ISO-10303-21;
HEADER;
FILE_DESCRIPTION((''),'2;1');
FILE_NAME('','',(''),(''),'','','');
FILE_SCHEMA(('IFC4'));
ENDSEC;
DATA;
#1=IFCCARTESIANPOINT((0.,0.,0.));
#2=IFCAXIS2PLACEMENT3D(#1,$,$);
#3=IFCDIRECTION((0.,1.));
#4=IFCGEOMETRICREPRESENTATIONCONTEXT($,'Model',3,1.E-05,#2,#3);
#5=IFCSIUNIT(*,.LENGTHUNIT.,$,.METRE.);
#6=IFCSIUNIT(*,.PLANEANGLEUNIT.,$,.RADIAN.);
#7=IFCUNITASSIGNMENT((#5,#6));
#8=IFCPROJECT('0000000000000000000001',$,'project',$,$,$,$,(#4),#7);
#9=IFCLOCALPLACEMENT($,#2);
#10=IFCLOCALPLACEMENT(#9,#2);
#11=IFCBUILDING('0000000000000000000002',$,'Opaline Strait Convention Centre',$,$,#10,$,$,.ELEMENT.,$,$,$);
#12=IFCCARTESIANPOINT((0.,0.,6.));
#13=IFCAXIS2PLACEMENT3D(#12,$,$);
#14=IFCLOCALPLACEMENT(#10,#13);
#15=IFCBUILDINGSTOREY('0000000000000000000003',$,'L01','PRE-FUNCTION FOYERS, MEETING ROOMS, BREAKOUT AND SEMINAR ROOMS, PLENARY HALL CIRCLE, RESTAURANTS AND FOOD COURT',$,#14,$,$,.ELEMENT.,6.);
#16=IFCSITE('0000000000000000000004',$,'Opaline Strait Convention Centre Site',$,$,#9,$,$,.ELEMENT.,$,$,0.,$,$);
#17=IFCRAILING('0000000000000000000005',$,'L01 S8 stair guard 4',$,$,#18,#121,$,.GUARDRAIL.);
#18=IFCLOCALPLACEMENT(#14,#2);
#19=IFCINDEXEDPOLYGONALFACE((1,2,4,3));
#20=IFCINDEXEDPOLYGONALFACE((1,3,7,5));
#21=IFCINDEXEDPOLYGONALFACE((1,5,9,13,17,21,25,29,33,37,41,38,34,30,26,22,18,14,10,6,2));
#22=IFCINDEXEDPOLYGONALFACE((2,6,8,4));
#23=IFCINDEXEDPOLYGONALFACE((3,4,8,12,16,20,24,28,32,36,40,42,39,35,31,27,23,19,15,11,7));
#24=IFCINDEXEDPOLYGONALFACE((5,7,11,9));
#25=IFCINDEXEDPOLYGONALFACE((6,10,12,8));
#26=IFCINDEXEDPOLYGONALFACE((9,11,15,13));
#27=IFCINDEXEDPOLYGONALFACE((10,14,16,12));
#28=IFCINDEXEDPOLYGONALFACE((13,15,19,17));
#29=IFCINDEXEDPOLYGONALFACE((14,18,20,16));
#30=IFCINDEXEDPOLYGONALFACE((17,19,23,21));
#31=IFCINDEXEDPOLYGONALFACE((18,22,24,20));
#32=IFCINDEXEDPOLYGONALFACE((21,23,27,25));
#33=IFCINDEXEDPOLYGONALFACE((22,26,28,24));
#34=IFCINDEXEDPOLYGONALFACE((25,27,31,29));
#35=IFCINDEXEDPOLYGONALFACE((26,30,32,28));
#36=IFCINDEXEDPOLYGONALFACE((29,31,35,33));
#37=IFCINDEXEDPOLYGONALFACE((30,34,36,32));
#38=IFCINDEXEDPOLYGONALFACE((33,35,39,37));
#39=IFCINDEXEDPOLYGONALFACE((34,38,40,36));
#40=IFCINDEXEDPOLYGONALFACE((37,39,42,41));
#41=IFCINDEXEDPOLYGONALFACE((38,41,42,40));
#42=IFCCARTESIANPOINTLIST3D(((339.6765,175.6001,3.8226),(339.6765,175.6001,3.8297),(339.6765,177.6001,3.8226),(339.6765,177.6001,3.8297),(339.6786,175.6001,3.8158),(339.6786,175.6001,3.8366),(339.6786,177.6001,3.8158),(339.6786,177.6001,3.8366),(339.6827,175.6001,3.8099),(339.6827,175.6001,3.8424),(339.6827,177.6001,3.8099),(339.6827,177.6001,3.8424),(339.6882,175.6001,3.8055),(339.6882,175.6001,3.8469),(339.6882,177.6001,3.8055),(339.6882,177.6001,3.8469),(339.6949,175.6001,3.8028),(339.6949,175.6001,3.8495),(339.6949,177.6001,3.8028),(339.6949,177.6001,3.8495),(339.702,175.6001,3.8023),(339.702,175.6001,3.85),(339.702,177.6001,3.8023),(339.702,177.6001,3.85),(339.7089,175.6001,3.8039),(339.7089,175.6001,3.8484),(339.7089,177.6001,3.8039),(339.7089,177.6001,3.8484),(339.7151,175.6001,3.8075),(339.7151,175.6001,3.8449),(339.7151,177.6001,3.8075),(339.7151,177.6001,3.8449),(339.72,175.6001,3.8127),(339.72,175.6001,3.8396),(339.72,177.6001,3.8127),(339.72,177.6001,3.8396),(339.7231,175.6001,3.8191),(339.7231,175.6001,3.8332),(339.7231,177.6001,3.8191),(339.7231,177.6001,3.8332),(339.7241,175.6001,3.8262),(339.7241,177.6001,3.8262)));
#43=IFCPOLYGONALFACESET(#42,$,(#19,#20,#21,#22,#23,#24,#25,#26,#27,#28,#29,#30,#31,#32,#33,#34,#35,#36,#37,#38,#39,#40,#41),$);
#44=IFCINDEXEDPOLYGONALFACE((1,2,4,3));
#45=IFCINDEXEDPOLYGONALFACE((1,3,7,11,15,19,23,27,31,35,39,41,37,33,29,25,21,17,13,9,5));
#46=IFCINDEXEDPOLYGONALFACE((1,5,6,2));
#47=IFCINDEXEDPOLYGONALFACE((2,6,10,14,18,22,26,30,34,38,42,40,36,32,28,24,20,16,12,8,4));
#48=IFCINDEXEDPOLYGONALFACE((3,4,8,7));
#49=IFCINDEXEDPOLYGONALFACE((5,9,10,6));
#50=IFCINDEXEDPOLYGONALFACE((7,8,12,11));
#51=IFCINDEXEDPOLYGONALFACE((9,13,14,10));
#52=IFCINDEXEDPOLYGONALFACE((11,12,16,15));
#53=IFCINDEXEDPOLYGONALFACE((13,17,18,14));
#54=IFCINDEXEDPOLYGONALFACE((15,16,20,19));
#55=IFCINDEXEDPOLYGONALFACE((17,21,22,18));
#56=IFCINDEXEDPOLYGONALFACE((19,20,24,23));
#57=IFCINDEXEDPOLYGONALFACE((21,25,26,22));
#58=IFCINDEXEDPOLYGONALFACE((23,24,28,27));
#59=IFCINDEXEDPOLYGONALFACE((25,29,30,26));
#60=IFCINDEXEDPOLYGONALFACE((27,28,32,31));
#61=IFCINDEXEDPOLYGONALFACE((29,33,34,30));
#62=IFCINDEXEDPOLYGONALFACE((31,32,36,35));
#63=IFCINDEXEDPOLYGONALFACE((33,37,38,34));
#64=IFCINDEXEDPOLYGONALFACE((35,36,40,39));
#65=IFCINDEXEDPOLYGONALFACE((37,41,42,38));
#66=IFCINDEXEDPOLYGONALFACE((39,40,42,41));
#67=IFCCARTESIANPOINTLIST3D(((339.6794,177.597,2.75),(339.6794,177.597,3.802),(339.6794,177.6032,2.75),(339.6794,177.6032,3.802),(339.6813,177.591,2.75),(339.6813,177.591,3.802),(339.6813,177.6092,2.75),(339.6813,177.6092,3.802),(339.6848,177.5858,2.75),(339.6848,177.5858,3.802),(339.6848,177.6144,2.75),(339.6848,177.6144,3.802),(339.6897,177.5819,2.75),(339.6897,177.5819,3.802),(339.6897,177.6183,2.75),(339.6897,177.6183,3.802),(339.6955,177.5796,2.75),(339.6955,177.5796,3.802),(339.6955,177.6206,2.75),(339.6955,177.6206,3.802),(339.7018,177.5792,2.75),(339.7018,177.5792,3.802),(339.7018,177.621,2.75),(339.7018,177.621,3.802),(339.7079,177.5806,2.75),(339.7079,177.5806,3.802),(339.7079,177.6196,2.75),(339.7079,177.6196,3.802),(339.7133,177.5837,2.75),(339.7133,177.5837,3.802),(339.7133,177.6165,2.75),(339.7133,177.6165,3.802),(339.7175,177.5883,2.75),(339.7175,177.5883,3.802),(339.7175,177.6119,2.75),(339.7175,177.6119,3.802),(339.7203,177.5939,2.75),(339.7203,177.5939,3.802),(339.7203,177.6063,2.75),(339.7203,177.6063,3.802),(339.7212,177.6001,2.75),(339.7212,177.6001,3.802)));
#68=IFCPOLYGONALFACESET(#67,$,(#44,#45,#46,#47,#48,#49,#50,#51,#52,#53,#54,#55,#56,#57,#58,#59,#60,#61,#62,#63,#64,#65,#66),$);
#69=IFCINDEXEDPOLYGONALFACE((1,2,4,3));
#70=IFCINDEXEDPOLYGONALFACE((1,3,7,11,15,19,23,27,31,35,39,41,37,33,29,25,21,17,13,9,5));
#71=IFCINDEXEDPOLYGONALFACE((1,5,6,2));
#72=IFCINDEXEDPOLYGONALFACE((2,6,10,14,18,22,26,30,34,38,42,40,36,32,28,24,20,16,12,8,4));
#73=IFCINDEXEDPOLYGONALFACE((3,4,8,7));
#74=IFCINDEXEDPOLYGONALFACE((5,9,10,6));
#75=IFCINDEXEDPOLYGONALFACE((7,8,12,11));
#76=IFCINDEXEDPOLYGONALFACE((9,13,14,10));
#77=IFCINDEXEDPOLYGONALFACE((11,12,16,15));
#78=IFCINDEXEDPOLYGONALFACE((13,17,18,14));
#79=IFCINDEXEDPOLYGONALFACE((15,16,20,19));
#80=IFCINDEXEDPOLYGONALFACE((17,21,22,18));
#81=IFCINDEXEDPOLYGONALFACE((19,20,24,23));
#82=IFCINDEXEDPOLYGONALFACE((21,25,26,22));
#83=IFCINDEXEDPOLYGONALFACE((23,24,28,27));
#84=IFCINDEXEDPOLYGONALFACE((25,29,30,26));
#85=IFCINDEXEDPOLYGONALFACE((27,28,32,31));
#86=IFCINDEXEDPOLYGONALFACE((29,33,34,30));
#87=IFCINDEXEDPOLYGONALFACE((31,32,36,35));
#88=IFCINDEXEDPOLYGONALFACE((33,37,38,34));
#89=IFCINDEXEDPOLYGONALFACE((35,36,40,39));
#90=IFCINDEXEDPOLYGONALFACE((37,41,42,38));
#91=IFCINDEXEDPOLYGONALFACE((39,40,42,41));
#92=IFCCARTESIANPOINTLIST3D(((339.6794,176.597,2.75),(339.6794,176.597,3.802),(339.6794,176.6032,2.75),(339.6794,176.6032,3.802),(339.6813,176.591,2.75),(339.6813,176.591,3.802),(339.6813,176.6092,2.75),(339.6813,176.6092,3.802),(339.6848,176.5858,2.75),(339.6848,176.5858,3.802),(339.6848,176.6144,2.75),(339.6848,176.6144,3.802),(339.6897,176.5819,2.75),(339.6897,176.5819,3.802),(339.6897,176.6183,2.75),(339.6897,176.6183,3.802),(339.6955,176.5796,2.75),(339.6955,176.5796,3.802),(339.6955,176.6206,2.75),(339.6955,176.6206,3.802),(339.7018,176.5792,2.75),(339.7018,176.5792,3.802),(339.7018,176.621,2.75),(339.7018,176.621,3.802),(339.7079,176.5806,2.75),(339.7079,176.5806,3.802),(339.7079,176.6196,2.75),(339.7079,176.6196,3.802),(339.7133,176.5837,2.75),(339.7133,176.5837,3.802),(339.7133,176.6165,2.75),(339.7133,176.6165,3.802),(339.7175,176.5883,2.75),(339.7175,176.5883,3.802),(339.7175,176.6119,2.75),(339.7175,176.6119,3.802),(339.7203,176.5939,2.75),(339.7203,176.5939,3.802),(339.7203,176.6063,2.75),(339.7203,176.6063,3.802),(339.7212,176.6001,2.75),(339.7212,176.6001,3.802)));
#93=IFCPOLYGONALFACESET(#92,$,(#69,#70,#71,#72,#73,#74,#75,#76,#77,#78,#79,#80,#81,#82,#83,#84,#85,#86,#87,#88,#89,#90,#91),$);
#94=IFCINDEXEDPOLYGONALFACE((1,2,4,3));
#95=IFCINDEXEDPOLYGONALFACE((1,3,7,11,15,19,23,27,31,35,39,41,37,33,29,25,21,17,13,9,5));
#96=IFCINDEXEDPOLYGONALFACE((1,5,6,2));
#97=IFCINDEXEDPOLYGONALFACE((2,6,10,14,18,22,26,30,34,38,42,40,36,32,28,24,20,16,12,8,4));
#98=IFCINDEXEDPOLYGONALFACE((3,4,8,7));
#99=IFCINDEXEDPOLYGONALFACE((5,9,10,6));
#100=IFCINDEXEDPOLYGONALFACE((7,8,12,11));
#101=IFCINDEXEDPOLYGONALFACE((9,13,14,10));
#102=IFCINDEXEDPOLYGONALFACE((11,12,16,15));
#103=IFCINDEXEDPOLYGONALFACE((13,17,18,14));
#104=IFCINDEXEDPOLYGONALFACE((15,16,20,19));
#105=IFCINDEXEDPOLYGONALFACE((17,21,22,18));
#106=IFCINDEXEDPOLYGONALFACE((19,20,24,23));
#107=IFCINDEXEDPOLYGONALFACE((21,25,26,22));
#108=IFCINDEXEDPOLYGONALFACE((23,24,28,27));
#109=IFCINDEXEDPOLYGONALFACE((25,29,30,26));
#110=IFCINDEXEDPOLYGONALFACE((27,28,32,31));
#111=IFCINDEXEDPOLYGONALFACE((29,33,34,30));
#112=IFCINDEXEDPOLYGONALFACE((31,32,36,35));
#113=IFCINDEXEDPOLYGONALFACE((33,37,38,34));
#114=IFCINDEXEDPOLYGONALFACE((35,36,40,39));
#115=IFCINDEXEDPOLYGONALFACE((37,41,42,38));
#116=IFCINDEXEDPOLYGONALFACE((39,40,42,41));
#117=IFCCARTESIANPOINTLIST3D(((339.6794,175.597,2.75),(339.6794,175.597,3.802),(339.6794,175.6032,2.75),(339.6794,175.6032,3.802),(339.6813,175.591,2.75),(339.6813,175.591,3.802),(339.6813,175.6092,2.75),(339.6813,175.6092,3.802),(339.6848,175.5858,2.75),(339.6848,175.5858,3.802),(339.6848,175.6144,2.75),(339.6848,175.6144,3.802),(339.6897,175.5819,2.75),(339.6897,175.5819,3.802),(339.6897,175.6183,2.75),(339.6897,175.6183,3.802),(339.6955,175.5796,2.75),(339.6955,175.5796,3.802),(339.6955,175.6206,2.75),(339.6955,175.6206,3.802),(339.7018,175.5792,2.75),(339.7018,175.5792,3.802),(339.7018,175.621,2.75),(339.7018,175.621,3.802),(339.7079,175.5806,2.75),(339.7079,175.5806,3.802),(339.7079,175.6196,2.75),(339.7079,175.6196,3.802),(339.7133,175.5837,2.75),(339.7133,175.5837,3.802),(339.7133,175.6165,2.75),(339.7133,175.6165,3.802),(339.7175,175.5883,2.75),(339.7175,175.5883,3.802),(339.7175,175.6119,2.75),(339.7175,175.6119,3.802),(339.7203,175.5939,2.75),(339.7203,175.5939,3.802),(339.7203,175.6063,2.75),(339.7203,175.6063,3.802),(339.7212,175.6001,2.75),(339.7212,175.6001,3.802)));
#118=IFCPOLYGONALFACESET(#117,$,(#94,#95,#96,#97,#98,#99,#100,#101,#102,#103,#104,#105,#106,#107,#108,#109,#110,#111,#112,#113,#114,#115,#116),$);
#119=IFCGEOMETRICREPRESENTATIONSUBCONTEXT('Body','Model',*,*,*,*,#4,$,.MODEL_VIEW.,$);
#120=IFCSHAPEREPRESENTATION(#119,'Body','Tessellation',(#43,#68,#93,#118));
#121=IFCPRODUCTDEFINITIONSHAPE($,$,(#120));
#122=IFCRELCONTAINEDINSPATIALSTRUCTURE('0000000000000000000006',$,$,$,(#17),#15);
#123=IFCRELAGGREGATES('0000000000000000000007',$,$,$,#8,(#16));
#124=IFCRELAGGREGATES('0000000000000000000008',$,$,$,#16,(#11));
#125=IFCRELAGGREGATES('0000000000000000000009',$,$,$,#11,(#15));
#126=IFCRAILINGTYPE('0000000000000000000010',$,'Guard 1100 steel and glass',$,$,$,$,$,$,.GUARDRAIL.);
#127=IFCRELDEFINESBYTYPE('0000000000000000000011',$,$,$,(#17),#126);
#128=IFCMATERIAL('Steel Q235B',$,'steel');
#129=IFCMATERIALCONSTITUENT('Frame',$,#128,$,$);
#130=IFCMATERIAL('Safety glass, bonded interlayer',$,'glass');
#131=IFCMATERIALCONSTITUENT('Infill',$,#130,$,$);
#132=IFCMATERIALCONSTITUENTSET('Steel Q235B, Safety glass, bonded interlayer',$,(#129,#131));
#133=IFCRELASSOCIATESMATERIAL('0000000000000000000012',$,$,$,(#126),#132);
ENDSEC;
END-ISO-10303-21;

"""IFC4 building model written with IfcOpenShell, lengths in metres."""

from ifc_helpers import new_model, si_unit, direction, frame, origin, origin_2d, place, context, subcontext, project, spatial, circle, extrude, material, constituent, constituent_set, type_object, element, save


model = new_model("IFC4")

# Units and contexts
model_context = context("Model", 3, precision=1e-05, world=origin(), true_north=direction((0.0, 1.0)))
body_context = subcontext(model_context, "Body", "Model", "MODEL_VIEW")
ifc_project = project(units=[si_unit("LENGTHUNIT", "METRE"), si_unit("PLANEANGLEUNIT", "RADIAN")], contexts=[model_context])

# Site, building, storey
site_placement = place(None, origin())
site = spatial("IfcSite", under=ifc_project, at=site_placement, Name="Opaline Strait Convention Centre Site", CompositionType="ELEMENT", RefElevation=0.0)
building_placement = place(site_placement, origin())
building = spatial("IfcBuilding", under=site, at=building_placement, Name="Opaline Strait Convention Centre", CompositionType="ELEMENT")
storey_placement = place(building_placement, frame((0.0, 0.0, 6.0)))
storey = spatial("IfcBuildingStorey", under=building, at=storey_placement, Name="L01", Description="PRE-FUNCTION FOYERS, MEETING ROOMS, BREAKOUT AND SEMINAR ROOMS, PLENARY HALL CIRCLE, RESTAURANTS AND FOOD COURT", CompositionType="ELEMENT", Elevation=6.0)

# Railing
ifc_material_1 = material(Name="Steel Q235B", Category="steel")
ifc_constituent_1 = constituent(ifc_material_1, Name="Frame")
ifc_material_2 = material(Name="Safety glass, bonded interlayer", Category="glass")
ifc_constituent_2 = constituent(ifc_material_2, Name="Infill")
ifc_constituent_set = constituent_set(constituents=[ifc_constituent_1, ifc_constituent_2], Name="Steel Q235B, Safety glass, bonded interlayer")
railing_type_1 = type_object("IfcRailingType", Name="Guard 1100 steel and glass", PredefinedType="GUARDRAIL", material=ifc_constituent_set)
railing_1_placement = place(storey_placement, frame((339.7002, 177.6001, 2.75)))
element("IfcRailing", 1, at=railing_1_placement, inside=storey, type_object=railing_type_1, Name="L01 S8 stair guard 4", PredefinedType="GUARDRAIL", context=body_context, shape_type="SweptSolid", body=[
    extrude(circle(Radius=0.0239, at=origin_2d()), frame((0.0, 0.0, 1.0762), z_axis=(0.0, -1.0, 0.0), x_axis=(1.0, 0.0, 0.0)), (0.0, 0.0, 1.0), 2.0),
    extrude(circle(Radius=0.021, at=origin_2d()), origin(), (0.0, 0.0, 1.0), 1.052),
    extrude(circle(Radius=0.021, at=origin_2d()), frame((0.0, -1.0, 0.0)), (0.0, 0.0, 1.0), 1.052),
    extrude(circle(Radius=0.021, at=origin_2d()), frame((0.0, -2.0, 0.0)), (0.0, 0.0, 1.0), 1.052),
])

save(model, "model.ifc")
